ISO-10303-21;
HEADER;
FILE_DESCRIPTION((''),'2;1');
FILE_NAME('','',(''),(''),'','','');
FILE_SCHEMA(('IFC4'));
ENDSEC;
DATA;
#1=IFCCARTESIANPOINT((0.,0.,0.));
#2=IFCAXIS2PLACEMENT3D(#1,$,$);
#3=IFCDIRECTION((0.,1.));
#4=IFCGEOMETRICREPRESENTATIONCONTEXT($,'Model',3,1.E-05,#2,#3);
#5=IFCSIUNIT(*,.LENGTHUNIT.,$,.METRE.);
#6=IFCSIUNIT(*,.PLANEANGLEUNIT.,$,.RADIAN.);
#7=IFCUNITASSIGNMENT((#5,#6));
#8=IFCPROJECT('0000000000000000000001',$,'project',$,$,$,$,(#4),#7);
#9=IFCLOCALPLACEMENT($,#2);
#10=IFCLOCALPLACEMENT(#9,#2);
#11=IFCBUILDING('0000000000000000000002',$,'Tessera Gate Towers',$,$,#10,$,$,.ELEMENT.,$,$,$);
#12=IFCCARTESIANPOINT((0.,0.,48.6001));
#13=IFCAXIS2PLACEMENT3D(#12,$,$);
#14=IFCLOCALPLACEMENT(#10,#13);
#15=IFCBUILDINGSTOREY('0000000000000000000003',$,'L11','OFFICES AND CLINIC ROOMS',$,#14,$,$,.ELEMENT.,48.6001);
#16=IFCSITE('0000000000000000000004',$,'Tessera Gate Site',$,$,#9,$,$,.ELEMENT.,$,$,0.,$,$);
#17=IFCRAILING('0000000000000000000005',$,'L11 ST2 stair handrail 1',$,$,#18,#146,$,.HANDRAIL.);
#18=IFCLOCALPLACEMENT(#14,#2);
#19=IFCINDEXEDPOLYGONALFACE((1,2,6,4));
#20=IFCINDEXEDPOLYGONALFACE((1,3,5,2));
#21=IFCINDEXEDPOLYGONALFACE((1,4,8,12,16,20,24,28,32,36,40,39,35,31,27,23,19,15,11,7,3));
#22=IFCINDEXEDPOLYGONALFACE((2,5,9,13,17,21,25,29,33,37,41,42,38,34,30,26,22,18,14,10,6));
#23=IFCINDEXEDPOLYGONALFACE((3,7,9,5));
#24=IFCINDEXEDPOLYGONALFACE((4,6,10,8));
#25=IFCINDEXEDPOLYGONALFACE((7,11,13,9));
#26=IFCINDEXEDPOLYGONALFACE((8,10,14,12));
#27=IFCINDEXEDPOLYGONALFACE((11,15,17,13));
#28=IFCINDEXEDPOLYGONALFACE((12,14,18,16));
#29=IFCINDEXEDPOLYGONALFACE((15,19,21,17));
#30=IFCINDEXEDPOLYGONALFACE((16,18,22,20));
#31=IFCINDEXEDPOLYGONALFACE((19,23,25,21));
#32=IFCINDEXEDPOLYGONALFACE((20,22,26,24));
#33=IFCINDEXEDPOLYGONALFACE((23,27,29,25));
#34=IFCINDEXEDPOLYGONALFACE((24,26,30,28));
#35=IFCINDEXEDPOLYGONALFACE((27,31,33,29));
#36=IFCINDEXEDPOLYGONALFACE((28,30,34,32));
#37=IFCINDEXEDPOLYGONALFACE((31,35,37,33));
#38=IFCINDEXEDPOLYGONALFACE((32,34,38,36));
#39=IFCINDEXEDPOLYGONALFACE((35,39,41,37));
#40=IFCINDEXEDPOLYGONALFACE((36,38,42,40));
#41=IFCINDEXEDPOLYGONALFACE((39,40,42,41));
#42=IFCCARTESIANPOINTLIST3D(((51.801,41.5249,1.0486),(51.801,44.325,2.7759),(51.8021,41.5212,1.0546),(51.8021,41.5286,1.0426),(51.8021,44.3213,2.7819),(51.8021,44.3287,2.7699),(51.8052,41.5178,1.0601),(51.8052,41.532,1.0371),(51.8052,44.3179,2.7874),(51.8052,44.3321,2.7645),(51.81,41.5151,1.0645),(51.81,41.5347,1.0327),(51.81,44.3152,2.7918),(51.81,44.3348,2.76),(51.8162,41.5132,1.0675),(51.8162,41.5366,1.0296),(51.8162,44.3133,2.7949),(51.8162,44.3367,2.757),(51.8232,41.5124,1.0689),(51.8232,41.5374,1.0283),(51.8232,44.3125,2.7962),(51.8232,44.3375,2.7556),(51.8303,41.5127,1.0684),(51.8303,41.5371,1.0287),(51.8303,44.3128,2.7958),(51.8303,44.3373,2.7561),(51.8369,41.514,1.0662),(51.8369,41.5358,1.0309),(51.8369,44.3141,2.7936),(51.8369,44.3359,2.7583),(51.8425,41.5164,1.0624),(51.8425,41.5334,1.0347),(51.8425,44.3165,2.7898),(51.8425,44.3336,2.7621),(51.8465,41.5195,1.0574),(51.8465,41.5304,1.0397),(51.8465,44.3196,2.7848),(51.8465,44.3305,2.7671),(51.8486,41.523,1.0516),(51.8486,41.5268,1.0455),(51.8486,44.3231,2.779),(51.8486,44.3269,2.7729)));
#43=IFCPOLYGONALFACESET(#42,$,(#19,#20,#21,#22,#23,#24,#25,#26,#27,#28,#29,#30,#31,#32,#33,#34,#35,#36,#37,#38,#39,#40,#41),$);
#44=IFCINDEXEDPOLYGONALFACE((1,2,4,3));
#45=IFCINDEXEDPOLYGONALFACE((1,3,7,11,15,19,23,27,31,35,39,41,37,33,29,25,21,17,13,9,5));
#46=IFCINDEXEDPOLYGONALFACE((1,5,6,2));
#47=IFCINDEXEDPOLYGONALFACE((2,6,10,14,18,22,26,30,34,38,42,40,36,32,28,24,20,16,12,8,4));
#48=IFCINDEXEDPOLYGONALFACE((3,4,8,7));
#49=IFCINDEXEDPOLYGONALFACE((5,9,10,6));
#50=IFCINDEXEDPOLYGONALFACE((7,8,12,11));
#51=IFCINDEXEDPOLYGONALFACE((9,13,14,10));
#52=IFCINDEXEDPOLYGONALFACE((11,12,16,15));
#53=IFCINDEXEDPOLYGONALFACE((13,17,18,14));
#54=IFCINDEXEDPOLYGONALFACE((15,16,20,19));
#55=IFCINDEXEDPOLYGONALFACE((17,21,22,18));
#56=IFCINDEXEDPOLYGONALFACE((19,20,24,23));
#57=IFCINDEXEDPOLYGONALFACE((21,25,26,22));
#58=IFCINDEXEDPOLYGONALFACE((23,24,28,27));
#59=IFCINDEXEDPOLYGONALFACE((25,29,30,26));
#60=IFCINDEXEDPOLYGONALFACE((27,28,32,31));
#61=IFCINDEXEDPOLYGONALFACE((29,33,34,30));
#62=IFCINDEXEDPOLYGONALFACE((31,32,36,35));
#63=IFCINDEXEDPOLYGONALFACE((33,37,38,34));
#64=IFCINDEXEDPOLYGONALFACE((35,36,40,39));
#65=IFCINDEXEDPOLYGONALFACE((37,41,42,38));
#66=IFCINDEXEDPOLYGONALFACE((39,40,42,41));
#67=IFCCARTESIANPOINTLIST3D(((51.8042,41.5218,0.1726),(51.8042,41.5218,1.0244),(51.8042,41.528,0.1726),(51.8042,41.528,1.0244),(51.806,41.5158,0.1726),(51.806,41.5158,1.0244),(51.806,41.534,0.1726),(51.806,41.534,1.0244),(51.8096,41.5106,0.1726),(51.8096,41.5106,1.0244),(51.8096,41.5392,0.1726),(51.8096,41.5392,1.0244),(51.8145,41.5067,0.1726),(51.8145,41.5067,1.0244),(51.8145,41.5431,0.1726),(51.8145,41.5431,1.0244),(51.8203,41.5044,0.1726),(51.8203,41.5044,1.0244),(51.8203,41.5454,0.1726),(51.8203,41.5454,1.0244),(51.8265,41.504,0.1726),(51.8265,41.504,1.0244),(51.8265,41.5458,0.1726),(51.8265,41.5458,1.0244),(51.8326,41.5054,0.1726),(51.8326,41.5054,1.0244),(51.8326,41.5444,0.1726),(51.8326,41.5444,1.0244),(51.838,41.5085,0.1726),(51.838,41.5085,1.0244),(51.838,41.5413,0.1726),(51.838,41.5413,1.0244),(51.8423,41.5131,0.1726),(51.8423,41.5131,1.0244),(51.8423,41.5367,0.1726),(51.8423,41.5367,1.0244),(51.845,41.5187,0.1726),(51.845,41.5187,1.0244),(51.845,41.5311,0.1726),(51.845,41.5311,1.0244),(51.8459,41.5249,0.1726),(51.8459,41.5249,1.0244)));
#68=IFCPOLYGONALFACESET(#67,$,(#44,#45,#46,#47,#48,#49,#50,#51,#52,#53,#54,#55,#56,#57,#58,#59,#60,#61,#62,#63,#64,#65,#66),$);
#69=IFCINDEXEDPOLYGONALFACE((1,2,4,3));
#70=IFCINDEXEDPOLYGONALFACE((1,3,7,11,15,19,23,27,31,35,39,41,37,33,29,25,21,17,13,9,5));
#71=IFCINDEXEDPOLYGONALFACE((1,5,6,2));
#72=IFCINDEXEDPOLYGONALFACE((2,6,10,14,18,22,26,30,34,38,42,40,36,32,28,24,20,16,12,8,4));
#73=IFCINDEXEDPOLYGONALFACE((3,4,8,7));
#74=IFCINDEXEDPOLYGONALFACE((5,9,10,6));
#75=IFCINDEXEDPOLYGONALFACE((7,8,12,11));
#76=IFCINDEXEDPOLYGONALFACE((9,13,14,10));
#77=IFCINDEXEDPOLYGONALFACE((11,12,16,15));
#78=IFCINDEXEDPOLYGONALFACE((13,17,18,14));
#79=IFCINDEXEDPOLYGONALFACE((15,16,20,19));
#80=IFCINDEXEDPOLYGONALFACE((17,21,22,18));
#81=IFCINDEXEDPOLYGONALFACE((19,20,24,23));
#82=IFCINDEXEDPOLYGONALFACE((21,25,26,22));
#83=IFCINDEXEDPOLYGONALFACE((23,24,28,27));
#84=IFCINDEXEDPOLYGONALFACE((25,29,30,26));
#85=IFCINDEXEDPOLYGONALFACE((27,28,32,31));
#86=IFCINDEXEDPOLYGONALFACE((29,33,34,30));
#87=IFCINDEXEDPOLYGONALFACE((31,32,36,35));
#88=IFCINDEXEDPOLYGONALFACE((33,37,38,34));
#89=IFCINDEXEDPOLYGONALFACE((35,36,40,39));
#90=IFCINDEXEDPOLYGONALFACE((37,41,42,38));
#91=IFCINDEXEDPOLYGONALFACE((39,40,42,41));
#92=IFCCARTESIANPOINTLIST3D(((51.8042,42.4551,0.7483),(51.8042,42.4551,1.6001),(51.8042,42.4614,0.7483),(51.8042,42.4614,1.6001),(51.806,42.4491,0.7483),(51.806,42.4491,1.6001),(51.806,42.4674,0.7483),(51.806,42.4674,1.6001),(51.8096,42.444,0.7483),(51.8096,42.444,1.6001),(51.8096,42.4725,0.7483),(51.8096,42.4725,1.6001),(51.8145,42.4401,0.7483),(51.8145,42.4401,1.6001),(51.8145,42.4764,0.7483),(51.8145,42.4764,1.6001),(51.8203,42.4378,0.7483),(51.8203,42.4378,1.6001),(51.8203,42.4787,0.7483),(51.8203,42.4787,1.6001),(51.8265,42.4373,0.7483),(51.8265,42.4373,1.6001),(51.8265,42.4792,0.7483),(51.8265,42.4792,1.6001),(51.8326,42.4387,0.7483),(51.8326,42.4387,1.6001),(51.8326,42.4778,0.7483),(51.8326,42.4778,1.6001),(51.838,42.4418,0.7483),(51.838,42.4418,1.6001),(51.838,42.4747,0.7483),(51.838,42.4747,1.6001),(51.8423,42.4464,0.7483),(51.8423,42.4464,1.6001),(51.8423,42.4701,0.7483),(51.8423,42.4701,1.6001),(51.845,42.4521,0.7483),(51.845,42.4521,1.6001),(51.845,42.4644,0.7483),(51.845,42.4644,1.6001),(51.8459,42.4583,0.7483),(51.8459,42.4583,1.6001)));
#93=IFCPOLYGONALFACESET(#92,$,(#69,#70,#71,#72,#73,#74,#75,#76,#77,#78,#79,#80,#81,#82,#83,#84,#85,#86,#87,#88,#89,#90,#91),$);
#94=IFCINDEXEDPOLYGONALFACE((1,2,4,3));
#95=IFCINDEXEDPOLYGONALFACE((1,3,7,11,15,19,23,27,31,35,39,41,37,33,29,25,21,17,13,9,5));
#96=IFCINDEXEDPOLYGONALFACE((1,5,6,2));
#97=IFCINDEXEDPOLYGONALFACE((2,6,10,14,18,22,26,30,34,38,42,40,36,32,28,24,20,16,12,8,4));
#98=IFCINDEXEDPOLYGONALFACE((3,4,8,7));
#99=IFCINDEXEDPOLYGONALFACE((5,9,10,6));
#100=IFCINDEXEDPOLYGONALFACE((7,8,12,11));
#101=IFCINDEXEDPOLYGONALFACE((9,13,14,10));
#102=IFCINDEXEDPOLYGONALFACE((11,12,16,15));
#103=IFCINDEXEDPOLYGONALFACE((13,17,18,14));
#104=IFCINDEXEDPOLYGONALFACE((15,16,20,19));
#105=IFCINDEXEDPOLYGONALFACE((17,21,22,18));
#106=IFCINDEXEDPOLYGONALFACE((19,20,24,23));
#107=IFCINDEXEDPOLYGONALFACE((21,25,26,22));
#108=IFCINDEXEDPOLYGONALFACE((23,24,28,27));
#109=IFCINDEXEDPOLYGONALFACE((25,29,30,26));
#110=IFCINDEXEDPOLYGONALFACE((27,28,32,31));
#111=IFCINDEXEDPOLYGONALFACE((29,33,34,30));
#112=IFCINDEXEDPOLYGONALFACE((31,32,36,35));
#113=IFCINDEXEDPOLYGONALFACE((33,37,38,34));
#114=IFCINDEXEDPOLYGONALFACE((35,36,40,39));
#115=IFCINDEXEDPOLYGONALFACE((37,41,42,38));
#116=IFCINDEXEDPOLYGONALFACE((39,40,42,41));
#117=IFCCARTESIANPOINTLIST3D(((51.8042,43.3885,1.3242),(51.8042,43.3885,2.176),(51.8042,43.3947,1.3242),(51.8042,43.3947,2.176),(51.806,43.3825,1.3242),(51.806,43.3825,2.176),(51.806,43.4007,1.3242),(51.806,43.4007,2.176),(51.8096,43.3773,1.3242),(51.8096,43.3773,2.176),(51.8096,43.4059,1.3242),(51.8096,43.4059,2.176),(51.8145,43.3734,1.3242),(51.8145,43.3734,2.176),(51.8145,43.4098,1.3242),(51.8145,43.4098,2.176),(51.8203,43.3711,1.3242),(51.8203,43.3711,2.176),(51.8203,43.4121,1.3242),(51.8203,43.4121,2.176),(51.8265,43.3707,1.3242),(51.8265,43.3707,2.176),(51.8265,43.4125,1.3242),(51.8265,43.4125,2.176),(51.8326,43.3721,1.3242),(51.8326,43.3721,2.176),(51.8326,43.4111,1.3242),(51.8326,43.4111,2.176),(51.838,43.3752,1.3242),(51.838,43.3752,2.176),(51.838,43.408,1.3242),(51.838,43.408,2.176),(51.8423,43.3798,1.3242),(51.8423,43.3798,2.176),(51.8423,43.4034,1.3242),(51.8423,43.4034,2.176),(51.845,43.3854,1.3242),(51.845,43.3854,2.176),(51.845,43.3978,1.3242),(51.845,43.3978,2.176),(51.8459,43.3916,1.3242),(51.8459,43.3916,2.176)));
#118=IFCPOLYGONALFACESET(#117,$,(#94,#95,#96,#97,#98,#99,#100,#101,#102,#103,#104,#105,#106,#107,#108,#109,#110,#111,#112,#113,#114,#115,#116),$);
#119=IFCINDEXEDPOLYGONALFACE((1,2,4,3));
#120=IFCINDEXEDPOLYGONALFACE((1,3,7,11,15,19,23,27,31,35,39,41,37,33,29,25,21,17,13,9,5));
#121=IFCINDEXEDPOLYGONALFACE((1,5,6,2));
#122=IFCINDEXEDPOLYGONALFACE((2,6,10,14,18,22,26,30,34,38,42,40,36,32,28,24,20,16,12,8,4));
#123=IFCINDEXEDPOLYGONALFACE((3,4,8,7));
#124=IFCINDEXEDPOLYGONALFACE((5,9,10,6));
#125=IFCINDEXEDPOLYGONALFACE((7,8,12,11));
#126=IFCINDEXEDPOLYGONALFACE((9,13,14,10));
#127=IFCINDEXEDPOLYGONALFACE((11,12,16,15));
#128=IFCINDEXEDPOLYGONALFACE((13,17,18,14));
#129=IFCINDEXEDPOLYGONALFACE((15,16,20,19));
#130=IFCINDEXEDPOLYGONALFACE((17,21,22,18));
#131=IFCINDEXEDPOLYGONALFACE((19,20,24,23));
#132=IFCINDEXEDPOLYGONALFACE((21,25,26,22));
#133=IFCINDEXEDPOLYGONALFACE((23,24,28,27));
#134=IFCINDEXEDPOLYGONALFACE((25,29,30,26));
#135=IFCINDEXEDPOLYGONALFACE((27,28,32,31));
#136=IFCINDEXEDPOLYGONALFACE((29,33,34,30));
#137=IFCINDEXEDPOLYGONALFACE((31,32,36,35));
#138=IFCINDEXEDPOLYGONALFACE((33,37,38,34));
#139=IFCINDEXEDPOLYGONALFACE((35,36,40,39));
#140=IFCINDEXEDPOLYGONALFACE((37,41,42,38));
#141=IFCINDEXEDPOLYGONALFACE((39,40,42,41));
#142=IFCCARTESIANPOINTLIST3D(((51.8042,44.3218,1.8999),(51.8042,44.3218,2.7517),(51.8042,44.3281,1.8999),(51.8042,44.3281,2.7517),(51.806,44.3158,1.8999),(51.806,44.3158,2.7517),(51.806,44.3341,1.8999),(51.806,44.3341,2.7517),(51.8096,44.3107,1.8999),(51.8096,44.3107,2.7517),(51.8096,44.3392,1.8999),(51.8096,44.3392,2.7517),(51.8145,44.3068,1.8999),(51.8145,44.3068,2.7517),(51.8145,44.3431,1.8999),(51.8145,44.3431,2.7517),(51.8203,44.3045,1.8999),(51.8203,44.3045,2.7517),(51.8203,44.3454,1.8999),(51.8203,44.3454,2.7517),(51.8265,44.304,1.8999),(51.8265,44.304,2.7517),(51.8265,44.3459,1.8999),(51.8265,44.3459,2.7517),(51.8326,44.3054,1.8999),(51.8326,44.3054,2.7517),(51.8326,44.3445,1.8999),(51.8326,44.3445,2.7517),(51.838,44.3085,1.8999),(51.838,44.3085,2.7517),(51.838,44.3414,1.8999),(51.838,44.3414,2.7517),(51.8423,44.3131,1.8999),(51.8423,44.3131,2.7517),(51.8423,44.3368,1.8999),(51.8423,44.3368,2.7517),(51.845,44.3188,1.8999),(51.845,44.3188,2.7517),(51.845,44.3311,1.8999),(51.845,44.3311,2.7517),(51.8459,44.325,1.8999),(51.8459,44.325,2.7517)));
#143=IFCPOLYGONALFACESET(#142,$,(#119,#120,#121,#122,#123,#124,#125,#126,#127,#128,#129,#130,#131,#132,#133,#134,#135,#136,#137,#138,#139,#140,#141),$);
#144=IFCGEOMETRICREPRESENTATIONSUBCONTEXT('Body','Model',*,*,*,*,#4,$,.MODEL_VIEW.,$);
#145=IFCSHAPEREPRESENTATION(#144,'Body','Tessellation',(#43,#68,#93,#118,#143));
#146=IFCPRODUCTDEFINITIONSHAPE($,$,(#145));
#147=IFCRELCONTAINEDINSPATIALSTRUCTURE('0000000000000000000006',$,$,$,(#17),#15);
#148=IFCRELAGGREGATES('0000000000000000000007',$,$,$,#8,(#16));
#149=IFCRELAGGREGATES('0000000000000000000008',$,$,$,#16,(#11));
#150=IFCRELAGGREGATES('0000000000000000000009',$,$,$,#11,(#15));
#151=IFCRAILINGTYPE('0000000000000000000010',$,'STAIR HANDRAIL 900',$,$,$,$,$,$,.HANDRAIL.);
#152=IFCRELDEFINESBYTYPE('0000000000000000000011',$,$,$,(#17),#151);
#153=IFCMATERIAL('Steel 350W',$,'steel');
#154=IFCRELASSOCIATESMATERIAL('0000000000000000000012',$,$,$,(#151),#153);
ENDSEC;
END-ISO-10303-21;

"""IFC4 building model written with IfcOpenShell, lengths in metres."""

from ifc_helpers import new_model, si_unit, direction, frame, origin, origin_2d, place, context, subcontext, project, spatial, circle, extrude, material, type_object, element, save


model = new_model("IFC4")

# Units and contexts
model_context = context("Model", 3, precision=1e-05, world=origin(), true_north=direction((0.0, 1.0)))
body_context = subcontext(model_context, "Body", "Model", "MODEL_VIEW")
ifc_project = project(units=[si_unit("LENGTHUNIT", "METRE"), si_unit("PLANEANGLEUNIT", "RADIAN")], contexts=[model_context])

# Site, building, storey
site_placement = place(None, origin())
site = spatial("IfcSite", under=ifc_project, at=site_placement, Name="Tessera Gate Site", CompositionType="ELEMENT", RefElevation=0.0)
building_placement = place(site_placement, origin())
building = spatial("IfcBuilding", under=site, at=building_placement, Name="Tessera Gate Towers", CompositionType="ELEMENT")
storey_placement = place(building_placement, frame((0.0, 0.0, 48.6001)))
storey = spatial("IfcBuildingStorey", under=building, at=storey_placement, Name="L11", Description="OFFICES AND CLINIC ROOMS", CompositionType="ELEMENT", Elevation=48.6001)

# Railing
ifc_material_1 = material(Name="Steel 350W", Category="steel")
railing_type = type_object("IfcRailingType", Name="STAIR HANDRAIL 900", PredefinedType="HANDRAIL", material=ifc_material_1)
railing_placement = place(storey_placement, frame((51.825, 41.5249, 0.1726)))
element("IfcRailing", 1, at=railing_placement, inside=storey, type_object=railing_type, Name="L11 ST2 stair handrail 1", PredefinedType="HANDRAIL", context=body_context, shape_type="SweptSolid", body=[
    extrude(circle(Radius=0.0239, at=origin_2d()), frame((0.0, 0.0, 0.876), z_axis=(0.0, 0.85109, 0.52502), x_axis=(-1.0, 0.0, 0.0)), (0.0, 0.0, 1.0), 3.29),
    extrude(circle(Radius=0.021, at=origin_2d()), origin(), (0.0, 0.0, 1.0), 0.8518),
    extrude(circle(Radius=0.021, at=origin_2d()), frame((0.0, 0.9333, 0.5757)), (0.0, 0.0, 1.0), 0.8518),
    extrude(circle(Radius=0.021, at=origin_2d()), frame((0.0, 1.8667, 1.1516)), (0.0, 0.0, 1.0), 0.8518),
    extrude(circle(Radius=0.021, at=origin_2d()), frame((0.0, 2.8, 1.7273)), (0.0, 0.0, 1.0), 0.8518),
])

save(model, "model.ifc")
